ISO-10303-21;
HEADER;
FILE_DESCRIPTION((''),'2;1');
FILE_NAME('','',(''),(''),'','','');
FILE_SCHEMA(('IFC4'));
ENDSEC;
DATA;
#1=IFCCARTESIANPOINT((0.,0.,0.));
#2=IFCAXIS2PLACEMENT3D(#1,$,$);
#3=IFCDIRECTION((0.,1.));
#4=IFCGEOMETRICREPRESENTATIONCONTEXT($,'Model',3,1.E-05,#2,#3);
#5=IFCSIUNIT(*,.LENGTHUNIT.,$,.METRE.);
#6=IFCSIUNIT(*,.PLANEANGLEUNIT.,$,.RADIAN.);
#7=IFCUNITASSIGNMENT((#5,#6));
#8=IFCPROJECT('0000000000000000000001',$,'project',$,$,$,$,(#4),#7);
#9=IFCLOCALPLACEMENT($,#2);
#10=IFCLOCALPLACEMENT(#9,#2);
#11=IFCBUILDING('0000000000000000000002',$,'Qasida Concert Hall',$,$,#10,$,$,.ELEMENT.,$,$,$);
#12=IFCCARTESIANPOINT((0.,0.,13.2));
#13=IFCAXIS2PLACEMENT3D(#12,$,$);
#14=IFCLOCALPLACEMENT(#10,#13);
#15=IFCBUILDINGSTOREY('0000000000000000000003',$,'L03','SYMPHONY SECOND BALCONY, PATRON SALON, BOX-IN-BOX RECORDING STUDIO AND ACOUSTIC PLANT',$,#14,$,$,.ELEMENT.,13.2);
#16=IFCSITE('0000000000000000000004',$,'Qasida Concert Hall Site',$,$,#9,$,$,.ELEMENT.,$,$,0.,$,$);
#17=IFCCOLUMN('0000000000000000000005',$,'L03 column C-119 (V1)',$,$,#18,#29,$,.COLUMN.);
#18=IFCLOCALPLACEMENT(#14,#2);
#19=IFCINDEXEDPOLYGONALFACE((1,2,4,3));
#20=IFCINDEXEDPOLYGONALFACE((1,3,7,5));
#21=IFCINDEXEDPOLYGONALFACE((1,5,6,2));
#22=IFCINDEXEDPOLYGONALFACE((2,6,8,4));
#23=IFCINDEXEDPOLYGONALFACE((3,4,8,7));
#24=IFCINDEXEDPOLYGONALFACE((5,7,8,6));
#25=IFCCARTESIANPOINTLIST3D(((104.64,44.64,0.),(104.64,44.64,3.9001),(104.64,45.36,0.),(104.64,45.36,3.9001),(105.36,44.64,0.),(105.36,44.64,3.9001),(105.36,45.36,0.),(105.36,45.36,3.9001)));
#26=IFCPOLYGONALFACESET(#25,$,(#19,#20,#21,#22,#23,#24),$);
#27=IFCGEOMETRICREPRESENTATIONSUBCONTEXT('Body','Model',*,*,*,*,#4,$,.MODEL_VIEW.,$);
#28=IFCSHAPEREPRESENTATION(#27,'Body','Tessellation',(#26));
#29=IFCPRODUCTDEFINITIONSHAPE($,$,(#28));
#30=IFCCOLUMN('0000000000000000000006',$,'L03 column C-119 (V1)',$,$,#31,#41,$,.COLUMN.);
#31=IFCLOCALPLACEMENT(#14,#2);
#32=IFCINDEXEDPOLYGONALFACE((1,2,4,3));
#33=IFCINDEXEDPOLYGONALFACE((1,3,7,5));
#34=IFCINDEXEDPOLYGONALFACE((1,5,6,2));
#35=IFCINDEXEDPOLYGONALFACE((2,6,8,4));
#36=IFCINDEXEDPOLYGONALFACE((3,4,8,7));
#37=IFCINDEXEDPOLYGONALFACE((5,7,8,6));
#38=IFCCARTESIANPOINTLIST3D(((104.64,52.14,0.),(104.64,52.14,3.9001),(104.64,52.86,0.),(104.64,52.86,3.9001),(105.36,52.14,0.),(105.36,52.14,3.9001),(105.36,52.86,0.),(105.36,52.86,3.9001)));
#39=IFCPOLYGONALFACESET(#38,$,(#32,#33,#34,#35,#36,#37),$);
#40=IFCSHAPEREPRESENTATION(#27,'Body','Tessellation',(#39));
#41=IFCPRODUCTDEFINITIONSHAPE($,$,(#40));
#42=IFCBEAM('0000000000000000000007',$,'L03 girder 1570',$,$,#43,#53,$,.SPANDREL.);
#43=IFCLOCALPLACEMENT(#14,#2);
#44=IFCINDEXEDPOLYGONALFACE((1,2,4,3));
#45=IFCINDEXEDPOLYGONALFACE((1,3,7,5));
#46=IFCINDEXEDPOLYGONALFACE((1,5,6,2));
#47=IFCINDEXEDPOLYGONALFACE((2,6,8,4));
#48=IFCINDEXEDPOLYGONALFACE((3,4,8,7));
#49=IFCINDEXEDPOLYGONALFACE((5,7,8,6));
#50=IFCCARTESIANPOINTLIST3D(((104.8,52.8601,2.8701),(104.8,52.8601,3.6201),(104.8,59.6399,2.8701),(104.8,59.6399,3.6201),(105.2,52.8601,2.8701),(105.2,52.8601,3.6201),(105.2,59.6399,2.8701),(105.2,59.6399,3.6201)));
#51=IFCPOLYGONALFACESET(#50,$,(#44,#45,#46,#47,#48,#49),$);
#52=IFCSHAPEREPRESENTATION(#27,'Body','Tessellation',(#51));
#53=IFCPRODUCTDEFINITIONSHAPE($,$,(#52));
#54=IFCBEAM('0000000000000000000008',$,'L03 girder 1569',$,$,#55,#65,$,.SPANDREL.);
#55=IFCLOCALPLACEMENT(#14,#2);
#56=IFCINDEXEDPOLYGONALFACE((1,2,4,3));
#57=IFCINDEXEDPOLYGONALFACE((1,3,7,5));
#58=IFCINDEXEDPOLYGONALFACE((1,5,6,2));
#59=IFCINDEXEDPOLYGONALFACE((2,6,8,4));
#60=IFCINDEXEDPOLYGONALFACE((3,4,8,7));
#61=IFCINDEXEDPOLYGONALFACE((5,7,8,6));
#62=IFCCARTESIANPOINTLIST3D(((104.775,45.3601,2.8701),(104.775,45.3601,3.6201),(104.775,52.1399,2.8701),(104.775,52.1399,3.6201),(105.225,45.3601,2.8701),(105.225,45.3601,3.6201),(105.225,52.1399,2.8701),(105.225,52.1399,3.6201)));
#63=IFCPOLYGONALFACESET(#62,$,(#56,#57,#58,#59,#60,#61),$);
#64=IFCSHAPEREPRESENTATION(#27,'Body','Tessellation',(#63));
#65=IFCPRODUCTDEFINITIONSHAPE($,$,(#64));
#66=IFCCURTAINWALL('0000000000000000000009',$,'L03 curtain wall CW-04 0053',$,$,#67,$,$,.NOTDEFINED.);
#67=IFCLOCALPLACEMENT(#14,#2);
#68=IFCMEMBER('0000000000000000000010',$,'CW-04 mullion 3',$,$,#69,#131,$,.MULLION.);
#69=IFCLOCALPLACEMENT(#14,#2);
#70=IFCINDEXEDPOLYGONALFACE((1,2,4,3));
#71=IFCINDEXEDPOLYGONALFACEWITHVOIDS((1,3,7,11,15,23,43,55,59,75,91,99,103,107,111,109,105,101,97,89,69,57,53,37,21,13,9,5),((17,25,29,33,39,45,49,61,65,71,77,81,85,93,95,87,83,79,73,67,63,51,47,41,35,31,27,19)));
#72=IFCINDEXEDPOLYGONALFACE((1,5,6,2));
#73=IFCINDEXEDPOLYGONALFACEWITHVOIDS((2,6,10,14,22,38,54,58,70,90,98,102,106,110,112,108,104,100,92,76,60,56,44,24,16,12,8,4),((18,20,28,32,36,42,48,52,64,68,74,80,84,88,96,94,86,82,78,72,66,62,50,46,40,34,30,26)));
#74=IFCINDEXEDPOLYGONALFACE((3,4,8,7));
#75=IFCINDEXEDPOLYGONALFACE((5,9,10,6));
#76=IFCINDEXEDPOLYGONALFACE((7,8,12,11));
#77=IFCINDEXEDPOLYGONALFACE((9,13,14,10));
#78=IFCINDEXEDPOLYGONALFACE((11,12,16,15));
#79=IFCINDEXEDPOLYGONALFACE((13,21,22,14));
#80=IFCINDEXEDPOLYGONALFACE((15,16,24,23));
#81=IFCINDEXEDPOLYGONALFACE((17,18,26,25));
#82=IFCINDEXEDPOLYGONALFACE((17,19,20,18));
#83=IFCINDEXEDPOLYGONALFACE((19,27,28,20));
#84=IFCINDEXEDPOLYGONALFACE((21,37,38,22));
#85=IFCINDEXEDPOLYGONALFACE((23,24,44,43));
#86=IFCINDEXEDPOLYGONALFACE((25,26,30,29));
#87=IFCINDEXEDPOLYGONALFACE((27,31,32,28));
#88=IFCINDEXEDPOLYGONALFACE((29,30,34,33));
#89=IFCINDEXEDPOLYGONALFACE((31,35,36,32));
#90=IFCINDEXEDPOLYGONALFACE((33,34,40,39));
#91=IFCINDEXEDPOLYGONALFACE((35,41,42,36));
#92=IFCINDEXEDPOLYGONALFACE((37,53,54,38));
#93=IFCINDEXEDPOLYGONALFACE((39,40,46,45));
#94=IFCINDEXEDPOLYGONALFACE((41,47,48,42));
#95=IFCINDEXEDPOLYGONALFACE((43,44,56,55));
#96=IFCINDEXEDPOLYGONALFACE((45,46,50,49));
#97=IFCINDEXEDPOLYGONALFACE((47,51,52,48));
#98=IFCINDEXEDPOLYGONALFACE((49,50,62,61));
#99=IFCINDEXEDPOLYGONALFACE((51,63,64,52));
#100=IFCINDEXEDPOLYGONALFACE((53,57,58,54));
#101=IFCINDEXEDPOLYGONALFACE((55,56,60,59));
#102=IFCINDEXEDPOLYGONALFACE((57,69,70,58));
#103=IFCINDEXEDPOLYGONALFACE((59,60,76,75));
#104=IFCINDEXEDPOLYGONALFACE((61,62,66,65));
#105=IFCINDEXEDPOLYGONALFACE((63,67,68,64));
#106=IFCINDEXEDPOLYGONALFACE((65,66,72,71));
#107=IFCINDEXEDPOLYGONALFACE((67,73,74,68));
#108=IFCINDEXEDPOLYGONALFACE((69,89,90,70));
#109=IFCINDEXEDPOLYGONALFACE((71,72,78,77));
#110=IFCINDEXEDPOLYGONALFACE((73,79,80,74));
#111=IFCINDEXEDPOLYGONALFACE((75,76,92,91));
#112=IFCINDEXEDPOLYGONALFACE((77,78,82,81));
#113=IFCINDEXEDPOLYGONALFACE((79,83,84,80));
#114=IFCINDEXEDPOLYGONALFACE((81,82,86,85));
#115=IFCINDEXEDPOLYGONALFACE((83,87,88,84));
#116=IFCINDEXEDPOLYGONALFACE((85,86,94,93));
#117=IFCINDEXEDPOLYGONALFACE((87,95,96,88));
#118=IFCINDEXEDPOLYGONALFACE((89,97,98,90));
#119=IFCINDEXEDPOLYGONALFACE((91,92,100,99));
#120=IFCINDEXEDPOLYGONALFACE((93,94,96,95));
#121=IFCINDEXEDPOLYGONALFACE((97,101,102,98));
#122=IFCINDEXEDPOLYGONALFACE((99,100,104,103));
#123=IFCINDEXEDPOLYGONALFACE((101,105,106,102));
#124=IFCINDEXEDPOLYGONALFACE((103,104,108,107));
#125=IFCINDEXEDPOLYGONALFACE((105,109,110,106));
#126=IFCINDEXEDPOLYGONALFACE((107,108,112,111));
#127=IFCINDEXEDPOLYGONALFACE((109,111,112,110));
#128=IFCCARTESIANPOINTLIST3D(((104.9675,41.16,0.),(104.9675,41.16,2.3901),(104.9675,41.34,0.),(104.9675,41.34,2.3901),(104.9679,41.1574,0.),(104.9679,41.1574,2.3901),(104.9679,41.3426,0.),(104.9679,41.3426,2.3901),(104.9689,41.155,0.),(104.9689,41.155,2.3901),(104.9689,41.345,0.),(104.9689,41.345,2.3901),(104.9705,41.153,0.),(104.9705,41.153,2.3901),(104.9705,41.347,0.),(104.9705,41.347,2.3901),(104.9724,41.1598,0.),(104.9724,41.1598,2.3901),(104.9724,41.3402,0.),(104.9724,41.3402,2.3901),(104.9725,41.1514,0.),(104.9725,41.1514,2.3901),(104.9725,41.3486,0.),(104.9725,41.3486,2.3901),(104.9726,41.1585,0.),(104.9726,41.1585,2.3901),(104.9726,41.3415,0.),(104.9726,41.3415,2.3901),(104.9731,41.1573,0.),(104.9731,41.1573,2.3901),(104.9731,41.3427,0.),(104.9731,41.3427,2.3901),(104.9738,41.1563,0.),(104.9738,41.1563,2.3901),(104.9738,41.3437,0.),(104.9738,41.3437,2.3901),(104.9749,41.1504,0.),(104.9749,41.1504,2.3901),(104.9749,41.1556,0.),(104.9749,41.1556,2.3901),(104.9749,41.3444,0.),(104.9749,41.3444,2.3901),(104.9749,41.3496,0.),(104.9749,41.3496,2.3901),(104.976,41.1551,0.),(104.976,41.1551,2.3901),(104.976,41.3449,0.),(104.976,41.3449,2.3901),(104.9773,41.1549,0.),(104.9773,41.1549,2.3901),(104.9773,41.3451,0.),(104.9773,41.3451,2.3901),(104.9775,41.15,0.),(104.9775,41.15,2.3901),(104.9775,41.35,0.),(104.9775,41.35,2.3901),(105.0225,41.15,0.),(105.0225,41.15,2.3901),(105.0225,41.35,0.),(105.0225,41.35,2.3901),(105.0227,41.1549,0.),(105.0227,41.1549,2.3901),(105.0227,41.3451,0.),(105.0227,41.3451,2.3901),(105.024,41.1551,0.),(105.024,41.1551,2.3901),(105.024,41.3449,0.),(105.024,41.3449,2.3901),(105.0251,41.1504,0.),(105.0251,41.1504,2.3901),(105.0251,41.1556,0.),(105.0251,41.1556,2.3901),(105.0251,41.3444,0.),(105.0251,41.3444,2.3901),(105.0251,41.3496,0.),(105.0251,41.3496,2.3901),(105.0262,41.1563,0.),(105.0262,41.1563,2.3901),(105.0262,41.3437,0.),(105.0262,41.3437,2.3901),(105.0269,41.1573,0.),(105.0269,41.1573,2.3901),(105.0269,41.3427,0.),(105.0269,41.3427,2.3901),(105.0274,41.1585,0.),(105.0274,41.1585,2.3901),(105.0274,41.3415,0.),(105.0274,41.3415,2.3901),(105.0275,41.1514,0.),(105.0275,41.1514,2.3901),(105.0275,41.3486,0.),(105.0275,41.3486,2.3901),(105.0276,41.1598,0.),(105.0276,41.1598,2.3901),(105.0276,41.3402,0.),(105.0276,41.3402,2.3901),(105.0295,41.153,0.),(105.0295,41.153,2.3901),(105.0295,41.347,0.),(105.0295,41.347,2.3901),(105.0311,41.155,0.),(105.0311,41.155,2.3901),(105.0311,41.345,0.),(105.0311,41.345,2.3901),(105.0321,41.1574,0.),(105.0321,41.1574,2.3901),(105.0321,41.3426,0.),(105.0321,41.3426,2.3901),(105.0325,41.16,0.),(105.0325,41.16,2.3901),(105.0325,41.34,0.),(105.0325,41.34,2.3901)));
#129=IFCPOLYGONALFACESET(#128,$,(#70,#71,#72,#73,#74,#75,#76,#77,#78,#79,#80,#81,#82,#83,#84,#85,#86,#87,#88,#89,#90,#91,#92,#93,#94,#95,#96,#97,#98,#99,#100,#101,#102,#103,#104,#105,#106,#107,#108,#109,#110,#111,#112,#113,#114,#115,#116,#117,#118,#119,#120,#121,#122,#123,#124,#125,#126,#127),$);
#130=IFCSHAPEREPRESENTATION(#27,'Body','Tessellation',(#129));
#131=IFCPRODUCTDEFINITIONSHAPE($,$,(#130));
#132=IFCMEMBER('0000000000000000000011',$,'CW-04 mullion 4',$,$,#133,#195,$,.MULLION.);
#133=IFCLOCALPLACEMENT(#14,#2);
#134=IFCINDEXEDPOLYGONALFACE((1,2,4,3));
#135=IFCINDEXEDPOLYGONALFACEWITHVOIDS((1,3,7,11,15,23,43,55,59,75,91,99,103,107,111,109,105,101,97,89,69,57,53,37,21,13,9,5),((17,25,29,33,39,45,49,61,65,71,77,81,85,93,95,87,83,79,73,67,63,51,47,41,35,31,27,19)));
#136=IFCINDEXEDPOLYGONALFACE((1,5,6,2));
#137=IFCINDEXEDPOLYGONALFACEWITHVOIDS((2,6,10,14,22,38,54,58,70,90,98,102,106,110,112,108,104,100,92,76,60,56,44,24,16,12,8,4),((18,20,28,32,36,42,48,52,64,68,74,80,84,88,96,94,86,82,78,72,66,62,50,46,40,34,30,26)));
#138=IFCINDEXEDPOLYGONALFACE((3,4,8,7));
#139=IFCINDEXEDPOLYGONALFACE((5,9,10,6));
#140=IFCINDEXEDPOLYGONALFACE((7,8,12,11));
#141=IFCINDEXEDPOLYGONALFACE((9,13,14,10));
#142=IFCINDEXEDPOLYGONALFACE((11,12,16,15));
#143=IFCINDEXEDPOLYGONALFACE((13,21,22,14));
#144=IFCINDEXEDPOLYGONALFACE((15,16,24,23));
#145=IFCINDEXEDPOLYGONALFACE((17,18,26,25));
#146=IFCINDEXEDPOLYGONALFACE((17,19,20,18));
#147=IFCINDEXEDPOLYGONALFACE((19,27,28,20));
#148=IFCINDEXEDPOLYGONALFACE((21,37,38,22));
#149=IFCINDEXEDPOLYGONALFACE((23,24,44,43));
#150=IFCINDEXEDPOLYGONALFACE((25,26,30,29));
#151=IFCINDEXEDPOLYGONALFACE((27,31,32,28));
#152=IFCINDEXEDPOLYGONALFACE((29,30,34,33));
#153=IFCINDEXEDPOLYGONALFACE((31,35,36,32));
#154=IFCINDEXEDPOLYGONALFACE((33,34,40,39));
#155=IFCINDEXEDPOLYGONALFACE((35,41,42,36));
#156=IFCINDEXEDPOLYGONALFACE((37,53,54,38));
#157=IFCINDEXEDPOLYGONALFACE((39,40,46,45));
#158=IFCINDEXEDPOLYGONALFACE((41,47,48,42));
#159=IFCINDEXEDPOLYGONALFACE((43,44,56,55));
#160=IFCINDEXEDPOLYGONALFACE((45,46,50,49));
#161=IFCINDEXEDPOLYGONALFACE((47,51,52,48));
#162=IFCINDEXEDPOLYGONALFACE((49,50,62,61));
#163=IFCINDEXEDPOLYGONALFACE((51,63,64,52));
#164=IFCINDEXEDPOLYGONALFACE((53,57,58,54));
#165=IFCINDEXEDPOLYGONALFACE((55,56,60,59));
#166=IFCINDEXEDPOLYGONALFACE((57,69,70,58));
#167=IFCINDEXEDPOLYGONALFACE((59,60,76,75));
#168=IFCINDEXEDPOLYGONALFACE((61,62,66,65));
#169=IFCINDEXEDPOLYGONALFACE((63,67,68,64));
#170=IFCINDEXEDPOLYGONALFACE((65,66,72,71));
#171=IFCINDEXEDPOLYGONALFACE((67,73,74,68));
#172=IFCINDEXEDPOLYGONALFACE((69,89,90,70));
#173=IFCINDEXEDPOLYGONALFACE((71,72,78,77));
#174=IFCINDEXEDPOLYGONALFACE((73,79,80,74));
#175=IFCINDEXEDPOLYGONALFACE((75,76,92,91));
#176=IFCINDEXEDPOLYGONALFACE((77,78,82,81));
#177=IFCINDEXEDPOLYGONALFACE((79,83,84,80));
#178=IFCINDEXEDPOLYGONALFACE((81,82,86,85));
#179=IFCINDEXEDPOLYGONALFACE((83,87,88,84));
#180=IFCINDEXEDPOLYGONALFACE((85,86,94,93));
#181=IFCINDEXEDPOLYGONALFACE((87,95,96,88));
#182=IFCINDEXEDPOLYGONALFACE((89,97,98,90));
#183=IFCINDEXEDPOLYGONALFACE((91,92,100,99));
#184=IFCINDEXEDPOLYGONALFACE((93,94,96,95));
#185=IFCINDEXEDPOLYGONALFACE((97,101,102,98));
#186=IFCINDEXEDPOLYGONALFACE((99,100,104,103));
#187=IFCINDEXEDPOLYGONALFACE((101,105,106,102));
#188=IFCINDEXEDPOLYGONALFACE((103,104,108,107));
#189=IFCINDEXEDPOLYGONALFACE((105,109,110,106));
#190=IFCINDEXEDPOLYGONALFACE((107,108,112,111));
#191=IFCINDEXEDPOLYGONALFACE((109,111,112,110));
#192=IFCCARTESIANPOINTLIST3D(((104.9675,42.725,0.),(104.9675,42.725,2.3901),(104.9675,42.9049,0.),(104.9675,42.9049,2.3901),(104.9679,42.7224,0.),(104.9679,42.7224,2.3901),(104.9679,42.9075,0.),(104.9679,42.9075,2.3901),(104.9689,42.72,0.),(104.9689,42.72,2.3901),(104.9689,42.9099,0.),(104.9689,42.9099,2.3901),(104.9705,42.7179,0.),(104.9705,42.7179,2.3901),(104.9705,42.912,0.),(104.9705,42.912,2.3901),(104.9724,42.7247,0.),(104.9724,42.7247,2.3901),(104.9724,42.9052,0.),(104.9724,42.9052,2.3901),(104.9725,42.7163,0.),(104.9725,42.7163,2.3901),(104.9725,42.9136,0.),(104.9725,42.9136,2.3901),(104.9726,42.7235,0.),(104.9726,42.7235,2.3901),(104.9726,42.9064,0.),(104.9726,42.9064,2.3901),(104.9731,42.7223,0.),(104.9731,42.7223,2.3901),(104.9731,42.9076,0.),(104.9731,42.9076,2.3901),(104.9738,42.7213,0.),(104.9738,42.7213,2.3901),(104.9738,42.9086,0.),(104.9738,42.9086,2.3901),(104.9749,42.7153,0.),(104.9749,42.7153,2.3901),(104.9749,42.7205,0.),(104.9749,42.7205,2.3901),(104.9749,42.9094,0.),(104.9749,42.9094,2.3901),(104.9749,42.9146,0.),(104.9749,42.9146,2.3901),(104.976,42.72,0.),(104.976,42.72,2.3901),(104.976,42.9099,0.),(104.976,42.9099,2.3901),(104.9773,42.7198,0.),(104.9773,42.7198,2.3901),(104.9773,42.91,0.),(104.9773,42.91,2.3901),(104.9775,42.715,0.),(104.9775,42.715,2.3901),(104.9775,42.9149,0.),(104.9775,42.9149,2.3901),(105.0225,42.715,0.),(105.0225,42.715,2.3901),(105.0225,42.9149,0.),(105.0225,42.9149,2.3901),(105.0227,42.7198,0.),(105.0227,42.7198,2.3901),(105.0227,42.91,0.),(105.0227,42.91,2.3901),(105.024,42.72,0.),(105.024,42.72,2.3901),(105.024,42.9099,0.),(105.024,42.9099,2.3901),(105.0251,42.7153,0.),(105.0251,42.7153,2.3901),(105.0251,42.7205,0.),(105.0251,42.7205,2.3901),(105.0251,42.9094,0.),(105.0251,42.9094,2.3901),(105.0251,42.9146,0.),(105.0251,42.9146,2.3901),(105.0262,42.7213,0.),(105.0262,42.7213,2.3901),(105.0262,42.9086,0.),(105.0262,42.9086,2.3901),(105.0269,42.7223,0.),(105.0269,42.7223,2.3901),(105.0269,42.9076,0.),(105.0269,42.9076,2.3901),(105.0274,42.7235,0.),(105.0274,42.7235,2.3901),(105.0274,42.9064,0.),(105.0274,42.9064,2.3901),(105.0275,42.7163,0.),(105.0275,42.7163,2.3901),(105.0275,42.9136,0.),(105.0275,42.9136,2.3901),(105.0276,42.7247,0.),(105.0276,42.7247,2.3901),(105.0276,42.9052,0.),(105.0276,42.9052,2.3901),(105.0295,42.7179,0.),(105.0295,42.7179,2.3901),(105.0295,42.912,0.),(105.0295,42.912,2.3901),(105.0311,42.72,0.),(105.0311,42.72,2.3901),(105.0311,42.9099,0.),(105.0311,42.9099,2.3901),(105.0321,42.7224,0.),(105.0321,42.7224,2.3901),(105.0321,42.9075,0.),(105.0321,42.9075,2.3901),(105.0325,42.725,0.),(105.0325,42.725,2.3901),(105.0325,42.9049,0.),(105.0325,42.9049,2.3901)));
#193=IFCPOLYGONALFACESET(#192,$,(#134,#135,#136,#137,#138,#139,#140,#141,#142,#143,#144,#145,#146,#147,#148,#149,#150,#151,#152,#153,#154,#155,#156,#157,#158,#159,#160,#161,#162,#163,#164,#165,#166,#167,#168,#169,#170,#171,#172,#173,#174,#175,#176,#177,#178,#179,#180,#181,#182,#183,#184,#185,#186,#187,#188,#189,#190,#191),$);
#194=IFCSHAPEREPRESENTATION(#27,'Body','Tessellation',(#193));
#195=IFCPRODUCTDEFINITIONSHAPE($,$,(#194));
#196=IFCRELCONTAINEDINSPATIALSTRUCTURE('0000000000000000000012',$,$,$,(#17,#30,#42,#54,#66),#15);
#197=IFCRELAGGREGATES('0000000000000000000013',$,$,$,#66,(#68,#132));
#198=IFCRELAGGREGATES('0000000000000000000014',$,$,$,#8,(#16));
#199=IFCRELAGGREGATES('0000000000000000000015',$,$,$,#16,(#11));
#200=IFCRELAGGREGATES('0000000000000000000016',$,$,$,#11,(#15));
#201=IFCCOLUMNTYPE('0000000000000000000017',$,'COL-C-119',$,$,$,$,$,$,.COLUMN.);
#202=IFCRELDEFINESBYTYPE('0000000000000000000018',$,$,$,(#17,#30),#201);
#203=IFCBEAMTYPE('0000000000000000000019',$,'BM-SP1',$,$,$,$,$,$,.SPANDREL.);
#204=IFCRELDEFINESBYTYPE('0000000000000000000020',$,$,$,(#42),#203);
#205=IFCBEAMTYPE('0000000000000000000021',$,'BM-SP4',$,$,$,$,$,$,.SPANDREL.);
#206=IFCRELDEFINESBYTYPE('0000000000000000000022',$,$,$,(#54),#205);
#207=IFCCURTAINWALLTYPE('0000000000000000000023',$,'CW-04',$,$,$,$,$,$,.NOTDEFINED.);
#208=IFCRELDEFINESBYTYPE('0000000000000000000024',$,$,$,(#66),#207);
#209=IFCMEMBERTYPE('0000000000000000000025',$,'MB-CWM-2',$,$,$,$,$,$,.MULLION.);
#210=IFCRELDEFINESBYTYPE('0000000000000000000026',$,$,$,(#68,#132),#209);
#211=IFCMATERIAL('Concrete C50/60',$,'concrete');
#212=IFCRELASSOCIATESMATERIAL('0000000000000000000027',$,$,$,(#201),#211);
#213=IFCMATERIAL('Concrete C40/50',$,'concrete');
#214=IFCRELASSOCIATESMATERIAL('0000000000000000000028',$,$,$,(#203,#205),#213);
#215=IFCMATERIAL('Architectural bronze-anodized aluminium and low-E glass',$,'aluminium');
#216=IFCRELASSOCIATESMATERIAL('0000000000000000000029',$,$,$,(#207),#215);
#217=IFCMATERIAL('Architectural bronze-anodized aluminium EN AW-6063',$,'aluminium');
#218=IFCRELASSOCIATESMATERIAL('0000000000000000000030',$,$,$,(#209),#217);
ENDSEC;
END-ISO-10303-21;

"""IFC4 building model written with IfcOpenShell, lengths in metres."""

from ifc_helpers import new_model, si_unit, direction, frame, origin, origin_2d, place, context, subcontext, project, spatial, rectangle, hollow_rectangle, extrude, material, material_profile, profile_set, type_object, element, aggregate, save


model = new_model("IFC4")

# Units and contexts
model_context = context("Model", 3, precision=1e-05, world=origin(), true_north=direction((0.0, 1.0)))
body_context = subcontext(model_context, "Body", "Model", "MODEL_VIEW")
ifc_project = project(units=[si_unit("LENGTHUNIT", "METRE"), si_unit("PLANEANGLEUNIT", "RADIAN")], contexts=[model_context])

# Site, building, storey
site_placement = place(None, origin())
site = spatial("IfcSite", under=ifc_project, at=site_placement, Name="Qasida Concert Hall Site", CompositionType="ELEMENT", RefElevation=0.0)
building_placement = place(site_placement, origin())
building = spatial("IfcBuilding", under=site, at=building_placement, Name="Qasida Concert Hall", CompositionType="ELEMENT")
storey_placement = place(building_placement, frame((0.0, 0.0, 13.2)))
storey = spatial("IfcBuildingStorey", under=building, at=storey_placement, Name="L03", Description="SYMPHONY SECOND BALCONY, PATRON SALON, BOX-IN-BOX RECORDING STUDIO AND ACOUSTIC PLANT", CompositionType="ELEMENT", Elevation=13.2)

# Columns
ifc_material_1 = material(Name="Concrete C50/60", Category="concrete")
ifc_material_profile_1 = material_profile(ifc_material_1, rectangle(XDim=0.72, YDim=0.72, at=origin_2d()), Name="RC 720x720")
ifc_profile_set_1 = profile_set([ifc_material_profile_1], Name="Concrete C50/60")
column_type = type_object("IfcColumnType", Name="COL-C-119", PredefinedType="COLUMN", material=ifc_profile_set_1)
for number, where, z_axis, x_axis, name in (
    (1, (105.0, 45.0, 0.0), (0.0, 0.0, 1.0), (1.0, 0.0, 0.0), "L03 column C-119 (V1)"),
    (2, (105.0, 52.5, 0.0), (0.0, 0.0, 1.0), (1.0, 0.0, 0.0), "L03 column C-119 (V1)"),
):
    element("IfcColumn", number, at=place(storey_placement, frame(where, z_axis=z_axis, x_axis=x_axis)), inside=storey, type_object=column_type, Name=name, PredefinedType="COLUMN", context=body_context, shape_type="SweptSolid", body=[
        extrude(rectangle(XDim=0.72, YDim=0.72, at=origin_2d()), origin(), (0.0, 0.0, 1.0), 3.9001),
    ])

# Beams
ifc_material_2 = material(Name="Concrete C40/50", Category="concrete")
ifc_material_profile_2 = material_profile(ifc_material_2, rectangle(XDim=0.3999, YDim=0.75, at=origin_2d()), Name="RC 400x750")
ifc_profile_set_2 = profile_set([ifc_material_profile_2], Name="Concrete C40/50")
beam_type_1 = type_object("IfcBeamType", Name="BM-SP1", PredefinedType="SPANDREL", material=ifc_profile_set_2)
beam_1_placement = place(storey_placement, frame((105.0, 52.8601, 3.2451), z_axis=(0.0, 1.0, 0.0), x_axis=(-1.0, 0.0, 0.0)))
element("IfcBeam", 3, at=beam_1_placement, inside=storey, type_object=beam_type_1, Name="L03 girder 1570", PredefinedType="SPANDREL", context=body_context, shape_type="SweptSolid", body=[
    extrude(rectangle(XDim=0.3999, YDim=0.75, at=origin_2d()), origin(), (0.0, 0.0, 1.0), 6.7798),
])
ifc_material_profile_3 = material_profile(ifc_material_2, rectangle(XDim=0.45, YDim=0.75, at=origin_2d()), Name="RC 450x750")
ifc_profile_set_3 = profile_set([ifc_material_profile_3], Name="Concrete C40/50")
beam_type_2 = type_object("IfcBeamType", Name="BM-SP4", PredefinedType="SPANDREL", material=ifc_profile_set_3)
beam_2_placement = place(storey_placement, frame((105.0, 45.3601, 3.2451), z_axis=(0.0, 1.0, 0.0), x_axis=(-1.0, 0.0, 0.0)))
element("IfcBeam", 4, at=beam_2_placement, inside=storey, type_object=beam_type_2, Name="L03 girder 1569", PredefinedType="SPANDREL", context=body_context, shape_type="SweptSolid", body=[
    extrude(rectangle(XDim=0.45, YDim=0.75, at=origin_2d()), origin(), (0.0, 0.0, 1.0), 6.7798),
])

# Curtain wall, members
ifc_material_3 = material(Name="Architectural bronze-anodized aluminium and low-E glass", Category="aluminium")
curtain_wall_type = type_object("IfcCurtainWallType", Name="CW-04", PredefinedType="NOTDEFINED", material=ifc_material_3)
curtain_wall_1_placement = place(storey_placement, origin())
curtain_wall_1 = element("IfcCurtainWall", 5, at=curtain_wall_1_placement, inside=storey, type_object=curtain_wall_type, Name="L03 curtain wall CW-04 0053", PredefinedType="NOTDEFINED")
ifc_material_4 = material(Name="Architectural bronze-anodized aluminium EN AW-6063", Category="aluminium")
ifc_material_profile_4 = material_profile(ifc_material_4, hollow_rectangle(XDim=0.0649, YDim=0.2, WallThickness=0.0049, InnerFilletRadius=0.0049, OuterFilletRadius=0.01, at=origin_2d()), Name="CWM 200x65x5")
ifc_profile_set_4 = profile_set([ifc_material_profile_4], Name="Architectural bronze-anodized aluminium EN AW-6063")
member_type_1 = type_object("IfcMemberType", Name="MB-CWM-2", PredefinedType="MULLION", material=ifc_profile_set_4)
member_1_placement = place(storey_placement, frame((105.0, 41.25, 0.0), z_axis=(0.0, 0.0, 1.0), x_axis=(-1.0, 0.0, 0.0)))
member_1 = element("IfcMember", 6, at=member_1_placement, type_object=member_type_1, Name="CW-04 mullion 3", PredefinedType="MULLION", context=body_context, shape_type="SweptSolid", body=[
    extrude(hollow_rectangle(XDim=0.0649, YDim=0.2, WallThickness=0.0049, InnerFilletRadius=0.0049, OuterFilletRadius=0.01, at=origin_2d()), origin(), (0.0, 0.0, 1.0), 2.3901),
])
member_2_placement = place(storey_placement, frame((105.0, 42.8149, 0.0), z_axis=(0.0, 0.0, 1.0), x_axis=(-1.0, 0.0, 0.0)))
member_2 = element("IfcMember", 7, at=member_2_placement, type_object=member_type_1, Name="CW-04 mullion 4", PredefinedType="MULLION", context=body_context, shape_type="SweptSolid", body=[
    extrude(hollow_rectangle(XDim=0.0649, YDim=0.2, WallThickness=0.0049, InnerFilletRadius=0.0049, OuterFilletRadius=0.01, at=origin_2d()), origin(), (0.0, 0.0, 1.0), 2.3901),
])

aggregate(curtain_wall_1, [member_1, member_2])

save(model, "model.ifc")
